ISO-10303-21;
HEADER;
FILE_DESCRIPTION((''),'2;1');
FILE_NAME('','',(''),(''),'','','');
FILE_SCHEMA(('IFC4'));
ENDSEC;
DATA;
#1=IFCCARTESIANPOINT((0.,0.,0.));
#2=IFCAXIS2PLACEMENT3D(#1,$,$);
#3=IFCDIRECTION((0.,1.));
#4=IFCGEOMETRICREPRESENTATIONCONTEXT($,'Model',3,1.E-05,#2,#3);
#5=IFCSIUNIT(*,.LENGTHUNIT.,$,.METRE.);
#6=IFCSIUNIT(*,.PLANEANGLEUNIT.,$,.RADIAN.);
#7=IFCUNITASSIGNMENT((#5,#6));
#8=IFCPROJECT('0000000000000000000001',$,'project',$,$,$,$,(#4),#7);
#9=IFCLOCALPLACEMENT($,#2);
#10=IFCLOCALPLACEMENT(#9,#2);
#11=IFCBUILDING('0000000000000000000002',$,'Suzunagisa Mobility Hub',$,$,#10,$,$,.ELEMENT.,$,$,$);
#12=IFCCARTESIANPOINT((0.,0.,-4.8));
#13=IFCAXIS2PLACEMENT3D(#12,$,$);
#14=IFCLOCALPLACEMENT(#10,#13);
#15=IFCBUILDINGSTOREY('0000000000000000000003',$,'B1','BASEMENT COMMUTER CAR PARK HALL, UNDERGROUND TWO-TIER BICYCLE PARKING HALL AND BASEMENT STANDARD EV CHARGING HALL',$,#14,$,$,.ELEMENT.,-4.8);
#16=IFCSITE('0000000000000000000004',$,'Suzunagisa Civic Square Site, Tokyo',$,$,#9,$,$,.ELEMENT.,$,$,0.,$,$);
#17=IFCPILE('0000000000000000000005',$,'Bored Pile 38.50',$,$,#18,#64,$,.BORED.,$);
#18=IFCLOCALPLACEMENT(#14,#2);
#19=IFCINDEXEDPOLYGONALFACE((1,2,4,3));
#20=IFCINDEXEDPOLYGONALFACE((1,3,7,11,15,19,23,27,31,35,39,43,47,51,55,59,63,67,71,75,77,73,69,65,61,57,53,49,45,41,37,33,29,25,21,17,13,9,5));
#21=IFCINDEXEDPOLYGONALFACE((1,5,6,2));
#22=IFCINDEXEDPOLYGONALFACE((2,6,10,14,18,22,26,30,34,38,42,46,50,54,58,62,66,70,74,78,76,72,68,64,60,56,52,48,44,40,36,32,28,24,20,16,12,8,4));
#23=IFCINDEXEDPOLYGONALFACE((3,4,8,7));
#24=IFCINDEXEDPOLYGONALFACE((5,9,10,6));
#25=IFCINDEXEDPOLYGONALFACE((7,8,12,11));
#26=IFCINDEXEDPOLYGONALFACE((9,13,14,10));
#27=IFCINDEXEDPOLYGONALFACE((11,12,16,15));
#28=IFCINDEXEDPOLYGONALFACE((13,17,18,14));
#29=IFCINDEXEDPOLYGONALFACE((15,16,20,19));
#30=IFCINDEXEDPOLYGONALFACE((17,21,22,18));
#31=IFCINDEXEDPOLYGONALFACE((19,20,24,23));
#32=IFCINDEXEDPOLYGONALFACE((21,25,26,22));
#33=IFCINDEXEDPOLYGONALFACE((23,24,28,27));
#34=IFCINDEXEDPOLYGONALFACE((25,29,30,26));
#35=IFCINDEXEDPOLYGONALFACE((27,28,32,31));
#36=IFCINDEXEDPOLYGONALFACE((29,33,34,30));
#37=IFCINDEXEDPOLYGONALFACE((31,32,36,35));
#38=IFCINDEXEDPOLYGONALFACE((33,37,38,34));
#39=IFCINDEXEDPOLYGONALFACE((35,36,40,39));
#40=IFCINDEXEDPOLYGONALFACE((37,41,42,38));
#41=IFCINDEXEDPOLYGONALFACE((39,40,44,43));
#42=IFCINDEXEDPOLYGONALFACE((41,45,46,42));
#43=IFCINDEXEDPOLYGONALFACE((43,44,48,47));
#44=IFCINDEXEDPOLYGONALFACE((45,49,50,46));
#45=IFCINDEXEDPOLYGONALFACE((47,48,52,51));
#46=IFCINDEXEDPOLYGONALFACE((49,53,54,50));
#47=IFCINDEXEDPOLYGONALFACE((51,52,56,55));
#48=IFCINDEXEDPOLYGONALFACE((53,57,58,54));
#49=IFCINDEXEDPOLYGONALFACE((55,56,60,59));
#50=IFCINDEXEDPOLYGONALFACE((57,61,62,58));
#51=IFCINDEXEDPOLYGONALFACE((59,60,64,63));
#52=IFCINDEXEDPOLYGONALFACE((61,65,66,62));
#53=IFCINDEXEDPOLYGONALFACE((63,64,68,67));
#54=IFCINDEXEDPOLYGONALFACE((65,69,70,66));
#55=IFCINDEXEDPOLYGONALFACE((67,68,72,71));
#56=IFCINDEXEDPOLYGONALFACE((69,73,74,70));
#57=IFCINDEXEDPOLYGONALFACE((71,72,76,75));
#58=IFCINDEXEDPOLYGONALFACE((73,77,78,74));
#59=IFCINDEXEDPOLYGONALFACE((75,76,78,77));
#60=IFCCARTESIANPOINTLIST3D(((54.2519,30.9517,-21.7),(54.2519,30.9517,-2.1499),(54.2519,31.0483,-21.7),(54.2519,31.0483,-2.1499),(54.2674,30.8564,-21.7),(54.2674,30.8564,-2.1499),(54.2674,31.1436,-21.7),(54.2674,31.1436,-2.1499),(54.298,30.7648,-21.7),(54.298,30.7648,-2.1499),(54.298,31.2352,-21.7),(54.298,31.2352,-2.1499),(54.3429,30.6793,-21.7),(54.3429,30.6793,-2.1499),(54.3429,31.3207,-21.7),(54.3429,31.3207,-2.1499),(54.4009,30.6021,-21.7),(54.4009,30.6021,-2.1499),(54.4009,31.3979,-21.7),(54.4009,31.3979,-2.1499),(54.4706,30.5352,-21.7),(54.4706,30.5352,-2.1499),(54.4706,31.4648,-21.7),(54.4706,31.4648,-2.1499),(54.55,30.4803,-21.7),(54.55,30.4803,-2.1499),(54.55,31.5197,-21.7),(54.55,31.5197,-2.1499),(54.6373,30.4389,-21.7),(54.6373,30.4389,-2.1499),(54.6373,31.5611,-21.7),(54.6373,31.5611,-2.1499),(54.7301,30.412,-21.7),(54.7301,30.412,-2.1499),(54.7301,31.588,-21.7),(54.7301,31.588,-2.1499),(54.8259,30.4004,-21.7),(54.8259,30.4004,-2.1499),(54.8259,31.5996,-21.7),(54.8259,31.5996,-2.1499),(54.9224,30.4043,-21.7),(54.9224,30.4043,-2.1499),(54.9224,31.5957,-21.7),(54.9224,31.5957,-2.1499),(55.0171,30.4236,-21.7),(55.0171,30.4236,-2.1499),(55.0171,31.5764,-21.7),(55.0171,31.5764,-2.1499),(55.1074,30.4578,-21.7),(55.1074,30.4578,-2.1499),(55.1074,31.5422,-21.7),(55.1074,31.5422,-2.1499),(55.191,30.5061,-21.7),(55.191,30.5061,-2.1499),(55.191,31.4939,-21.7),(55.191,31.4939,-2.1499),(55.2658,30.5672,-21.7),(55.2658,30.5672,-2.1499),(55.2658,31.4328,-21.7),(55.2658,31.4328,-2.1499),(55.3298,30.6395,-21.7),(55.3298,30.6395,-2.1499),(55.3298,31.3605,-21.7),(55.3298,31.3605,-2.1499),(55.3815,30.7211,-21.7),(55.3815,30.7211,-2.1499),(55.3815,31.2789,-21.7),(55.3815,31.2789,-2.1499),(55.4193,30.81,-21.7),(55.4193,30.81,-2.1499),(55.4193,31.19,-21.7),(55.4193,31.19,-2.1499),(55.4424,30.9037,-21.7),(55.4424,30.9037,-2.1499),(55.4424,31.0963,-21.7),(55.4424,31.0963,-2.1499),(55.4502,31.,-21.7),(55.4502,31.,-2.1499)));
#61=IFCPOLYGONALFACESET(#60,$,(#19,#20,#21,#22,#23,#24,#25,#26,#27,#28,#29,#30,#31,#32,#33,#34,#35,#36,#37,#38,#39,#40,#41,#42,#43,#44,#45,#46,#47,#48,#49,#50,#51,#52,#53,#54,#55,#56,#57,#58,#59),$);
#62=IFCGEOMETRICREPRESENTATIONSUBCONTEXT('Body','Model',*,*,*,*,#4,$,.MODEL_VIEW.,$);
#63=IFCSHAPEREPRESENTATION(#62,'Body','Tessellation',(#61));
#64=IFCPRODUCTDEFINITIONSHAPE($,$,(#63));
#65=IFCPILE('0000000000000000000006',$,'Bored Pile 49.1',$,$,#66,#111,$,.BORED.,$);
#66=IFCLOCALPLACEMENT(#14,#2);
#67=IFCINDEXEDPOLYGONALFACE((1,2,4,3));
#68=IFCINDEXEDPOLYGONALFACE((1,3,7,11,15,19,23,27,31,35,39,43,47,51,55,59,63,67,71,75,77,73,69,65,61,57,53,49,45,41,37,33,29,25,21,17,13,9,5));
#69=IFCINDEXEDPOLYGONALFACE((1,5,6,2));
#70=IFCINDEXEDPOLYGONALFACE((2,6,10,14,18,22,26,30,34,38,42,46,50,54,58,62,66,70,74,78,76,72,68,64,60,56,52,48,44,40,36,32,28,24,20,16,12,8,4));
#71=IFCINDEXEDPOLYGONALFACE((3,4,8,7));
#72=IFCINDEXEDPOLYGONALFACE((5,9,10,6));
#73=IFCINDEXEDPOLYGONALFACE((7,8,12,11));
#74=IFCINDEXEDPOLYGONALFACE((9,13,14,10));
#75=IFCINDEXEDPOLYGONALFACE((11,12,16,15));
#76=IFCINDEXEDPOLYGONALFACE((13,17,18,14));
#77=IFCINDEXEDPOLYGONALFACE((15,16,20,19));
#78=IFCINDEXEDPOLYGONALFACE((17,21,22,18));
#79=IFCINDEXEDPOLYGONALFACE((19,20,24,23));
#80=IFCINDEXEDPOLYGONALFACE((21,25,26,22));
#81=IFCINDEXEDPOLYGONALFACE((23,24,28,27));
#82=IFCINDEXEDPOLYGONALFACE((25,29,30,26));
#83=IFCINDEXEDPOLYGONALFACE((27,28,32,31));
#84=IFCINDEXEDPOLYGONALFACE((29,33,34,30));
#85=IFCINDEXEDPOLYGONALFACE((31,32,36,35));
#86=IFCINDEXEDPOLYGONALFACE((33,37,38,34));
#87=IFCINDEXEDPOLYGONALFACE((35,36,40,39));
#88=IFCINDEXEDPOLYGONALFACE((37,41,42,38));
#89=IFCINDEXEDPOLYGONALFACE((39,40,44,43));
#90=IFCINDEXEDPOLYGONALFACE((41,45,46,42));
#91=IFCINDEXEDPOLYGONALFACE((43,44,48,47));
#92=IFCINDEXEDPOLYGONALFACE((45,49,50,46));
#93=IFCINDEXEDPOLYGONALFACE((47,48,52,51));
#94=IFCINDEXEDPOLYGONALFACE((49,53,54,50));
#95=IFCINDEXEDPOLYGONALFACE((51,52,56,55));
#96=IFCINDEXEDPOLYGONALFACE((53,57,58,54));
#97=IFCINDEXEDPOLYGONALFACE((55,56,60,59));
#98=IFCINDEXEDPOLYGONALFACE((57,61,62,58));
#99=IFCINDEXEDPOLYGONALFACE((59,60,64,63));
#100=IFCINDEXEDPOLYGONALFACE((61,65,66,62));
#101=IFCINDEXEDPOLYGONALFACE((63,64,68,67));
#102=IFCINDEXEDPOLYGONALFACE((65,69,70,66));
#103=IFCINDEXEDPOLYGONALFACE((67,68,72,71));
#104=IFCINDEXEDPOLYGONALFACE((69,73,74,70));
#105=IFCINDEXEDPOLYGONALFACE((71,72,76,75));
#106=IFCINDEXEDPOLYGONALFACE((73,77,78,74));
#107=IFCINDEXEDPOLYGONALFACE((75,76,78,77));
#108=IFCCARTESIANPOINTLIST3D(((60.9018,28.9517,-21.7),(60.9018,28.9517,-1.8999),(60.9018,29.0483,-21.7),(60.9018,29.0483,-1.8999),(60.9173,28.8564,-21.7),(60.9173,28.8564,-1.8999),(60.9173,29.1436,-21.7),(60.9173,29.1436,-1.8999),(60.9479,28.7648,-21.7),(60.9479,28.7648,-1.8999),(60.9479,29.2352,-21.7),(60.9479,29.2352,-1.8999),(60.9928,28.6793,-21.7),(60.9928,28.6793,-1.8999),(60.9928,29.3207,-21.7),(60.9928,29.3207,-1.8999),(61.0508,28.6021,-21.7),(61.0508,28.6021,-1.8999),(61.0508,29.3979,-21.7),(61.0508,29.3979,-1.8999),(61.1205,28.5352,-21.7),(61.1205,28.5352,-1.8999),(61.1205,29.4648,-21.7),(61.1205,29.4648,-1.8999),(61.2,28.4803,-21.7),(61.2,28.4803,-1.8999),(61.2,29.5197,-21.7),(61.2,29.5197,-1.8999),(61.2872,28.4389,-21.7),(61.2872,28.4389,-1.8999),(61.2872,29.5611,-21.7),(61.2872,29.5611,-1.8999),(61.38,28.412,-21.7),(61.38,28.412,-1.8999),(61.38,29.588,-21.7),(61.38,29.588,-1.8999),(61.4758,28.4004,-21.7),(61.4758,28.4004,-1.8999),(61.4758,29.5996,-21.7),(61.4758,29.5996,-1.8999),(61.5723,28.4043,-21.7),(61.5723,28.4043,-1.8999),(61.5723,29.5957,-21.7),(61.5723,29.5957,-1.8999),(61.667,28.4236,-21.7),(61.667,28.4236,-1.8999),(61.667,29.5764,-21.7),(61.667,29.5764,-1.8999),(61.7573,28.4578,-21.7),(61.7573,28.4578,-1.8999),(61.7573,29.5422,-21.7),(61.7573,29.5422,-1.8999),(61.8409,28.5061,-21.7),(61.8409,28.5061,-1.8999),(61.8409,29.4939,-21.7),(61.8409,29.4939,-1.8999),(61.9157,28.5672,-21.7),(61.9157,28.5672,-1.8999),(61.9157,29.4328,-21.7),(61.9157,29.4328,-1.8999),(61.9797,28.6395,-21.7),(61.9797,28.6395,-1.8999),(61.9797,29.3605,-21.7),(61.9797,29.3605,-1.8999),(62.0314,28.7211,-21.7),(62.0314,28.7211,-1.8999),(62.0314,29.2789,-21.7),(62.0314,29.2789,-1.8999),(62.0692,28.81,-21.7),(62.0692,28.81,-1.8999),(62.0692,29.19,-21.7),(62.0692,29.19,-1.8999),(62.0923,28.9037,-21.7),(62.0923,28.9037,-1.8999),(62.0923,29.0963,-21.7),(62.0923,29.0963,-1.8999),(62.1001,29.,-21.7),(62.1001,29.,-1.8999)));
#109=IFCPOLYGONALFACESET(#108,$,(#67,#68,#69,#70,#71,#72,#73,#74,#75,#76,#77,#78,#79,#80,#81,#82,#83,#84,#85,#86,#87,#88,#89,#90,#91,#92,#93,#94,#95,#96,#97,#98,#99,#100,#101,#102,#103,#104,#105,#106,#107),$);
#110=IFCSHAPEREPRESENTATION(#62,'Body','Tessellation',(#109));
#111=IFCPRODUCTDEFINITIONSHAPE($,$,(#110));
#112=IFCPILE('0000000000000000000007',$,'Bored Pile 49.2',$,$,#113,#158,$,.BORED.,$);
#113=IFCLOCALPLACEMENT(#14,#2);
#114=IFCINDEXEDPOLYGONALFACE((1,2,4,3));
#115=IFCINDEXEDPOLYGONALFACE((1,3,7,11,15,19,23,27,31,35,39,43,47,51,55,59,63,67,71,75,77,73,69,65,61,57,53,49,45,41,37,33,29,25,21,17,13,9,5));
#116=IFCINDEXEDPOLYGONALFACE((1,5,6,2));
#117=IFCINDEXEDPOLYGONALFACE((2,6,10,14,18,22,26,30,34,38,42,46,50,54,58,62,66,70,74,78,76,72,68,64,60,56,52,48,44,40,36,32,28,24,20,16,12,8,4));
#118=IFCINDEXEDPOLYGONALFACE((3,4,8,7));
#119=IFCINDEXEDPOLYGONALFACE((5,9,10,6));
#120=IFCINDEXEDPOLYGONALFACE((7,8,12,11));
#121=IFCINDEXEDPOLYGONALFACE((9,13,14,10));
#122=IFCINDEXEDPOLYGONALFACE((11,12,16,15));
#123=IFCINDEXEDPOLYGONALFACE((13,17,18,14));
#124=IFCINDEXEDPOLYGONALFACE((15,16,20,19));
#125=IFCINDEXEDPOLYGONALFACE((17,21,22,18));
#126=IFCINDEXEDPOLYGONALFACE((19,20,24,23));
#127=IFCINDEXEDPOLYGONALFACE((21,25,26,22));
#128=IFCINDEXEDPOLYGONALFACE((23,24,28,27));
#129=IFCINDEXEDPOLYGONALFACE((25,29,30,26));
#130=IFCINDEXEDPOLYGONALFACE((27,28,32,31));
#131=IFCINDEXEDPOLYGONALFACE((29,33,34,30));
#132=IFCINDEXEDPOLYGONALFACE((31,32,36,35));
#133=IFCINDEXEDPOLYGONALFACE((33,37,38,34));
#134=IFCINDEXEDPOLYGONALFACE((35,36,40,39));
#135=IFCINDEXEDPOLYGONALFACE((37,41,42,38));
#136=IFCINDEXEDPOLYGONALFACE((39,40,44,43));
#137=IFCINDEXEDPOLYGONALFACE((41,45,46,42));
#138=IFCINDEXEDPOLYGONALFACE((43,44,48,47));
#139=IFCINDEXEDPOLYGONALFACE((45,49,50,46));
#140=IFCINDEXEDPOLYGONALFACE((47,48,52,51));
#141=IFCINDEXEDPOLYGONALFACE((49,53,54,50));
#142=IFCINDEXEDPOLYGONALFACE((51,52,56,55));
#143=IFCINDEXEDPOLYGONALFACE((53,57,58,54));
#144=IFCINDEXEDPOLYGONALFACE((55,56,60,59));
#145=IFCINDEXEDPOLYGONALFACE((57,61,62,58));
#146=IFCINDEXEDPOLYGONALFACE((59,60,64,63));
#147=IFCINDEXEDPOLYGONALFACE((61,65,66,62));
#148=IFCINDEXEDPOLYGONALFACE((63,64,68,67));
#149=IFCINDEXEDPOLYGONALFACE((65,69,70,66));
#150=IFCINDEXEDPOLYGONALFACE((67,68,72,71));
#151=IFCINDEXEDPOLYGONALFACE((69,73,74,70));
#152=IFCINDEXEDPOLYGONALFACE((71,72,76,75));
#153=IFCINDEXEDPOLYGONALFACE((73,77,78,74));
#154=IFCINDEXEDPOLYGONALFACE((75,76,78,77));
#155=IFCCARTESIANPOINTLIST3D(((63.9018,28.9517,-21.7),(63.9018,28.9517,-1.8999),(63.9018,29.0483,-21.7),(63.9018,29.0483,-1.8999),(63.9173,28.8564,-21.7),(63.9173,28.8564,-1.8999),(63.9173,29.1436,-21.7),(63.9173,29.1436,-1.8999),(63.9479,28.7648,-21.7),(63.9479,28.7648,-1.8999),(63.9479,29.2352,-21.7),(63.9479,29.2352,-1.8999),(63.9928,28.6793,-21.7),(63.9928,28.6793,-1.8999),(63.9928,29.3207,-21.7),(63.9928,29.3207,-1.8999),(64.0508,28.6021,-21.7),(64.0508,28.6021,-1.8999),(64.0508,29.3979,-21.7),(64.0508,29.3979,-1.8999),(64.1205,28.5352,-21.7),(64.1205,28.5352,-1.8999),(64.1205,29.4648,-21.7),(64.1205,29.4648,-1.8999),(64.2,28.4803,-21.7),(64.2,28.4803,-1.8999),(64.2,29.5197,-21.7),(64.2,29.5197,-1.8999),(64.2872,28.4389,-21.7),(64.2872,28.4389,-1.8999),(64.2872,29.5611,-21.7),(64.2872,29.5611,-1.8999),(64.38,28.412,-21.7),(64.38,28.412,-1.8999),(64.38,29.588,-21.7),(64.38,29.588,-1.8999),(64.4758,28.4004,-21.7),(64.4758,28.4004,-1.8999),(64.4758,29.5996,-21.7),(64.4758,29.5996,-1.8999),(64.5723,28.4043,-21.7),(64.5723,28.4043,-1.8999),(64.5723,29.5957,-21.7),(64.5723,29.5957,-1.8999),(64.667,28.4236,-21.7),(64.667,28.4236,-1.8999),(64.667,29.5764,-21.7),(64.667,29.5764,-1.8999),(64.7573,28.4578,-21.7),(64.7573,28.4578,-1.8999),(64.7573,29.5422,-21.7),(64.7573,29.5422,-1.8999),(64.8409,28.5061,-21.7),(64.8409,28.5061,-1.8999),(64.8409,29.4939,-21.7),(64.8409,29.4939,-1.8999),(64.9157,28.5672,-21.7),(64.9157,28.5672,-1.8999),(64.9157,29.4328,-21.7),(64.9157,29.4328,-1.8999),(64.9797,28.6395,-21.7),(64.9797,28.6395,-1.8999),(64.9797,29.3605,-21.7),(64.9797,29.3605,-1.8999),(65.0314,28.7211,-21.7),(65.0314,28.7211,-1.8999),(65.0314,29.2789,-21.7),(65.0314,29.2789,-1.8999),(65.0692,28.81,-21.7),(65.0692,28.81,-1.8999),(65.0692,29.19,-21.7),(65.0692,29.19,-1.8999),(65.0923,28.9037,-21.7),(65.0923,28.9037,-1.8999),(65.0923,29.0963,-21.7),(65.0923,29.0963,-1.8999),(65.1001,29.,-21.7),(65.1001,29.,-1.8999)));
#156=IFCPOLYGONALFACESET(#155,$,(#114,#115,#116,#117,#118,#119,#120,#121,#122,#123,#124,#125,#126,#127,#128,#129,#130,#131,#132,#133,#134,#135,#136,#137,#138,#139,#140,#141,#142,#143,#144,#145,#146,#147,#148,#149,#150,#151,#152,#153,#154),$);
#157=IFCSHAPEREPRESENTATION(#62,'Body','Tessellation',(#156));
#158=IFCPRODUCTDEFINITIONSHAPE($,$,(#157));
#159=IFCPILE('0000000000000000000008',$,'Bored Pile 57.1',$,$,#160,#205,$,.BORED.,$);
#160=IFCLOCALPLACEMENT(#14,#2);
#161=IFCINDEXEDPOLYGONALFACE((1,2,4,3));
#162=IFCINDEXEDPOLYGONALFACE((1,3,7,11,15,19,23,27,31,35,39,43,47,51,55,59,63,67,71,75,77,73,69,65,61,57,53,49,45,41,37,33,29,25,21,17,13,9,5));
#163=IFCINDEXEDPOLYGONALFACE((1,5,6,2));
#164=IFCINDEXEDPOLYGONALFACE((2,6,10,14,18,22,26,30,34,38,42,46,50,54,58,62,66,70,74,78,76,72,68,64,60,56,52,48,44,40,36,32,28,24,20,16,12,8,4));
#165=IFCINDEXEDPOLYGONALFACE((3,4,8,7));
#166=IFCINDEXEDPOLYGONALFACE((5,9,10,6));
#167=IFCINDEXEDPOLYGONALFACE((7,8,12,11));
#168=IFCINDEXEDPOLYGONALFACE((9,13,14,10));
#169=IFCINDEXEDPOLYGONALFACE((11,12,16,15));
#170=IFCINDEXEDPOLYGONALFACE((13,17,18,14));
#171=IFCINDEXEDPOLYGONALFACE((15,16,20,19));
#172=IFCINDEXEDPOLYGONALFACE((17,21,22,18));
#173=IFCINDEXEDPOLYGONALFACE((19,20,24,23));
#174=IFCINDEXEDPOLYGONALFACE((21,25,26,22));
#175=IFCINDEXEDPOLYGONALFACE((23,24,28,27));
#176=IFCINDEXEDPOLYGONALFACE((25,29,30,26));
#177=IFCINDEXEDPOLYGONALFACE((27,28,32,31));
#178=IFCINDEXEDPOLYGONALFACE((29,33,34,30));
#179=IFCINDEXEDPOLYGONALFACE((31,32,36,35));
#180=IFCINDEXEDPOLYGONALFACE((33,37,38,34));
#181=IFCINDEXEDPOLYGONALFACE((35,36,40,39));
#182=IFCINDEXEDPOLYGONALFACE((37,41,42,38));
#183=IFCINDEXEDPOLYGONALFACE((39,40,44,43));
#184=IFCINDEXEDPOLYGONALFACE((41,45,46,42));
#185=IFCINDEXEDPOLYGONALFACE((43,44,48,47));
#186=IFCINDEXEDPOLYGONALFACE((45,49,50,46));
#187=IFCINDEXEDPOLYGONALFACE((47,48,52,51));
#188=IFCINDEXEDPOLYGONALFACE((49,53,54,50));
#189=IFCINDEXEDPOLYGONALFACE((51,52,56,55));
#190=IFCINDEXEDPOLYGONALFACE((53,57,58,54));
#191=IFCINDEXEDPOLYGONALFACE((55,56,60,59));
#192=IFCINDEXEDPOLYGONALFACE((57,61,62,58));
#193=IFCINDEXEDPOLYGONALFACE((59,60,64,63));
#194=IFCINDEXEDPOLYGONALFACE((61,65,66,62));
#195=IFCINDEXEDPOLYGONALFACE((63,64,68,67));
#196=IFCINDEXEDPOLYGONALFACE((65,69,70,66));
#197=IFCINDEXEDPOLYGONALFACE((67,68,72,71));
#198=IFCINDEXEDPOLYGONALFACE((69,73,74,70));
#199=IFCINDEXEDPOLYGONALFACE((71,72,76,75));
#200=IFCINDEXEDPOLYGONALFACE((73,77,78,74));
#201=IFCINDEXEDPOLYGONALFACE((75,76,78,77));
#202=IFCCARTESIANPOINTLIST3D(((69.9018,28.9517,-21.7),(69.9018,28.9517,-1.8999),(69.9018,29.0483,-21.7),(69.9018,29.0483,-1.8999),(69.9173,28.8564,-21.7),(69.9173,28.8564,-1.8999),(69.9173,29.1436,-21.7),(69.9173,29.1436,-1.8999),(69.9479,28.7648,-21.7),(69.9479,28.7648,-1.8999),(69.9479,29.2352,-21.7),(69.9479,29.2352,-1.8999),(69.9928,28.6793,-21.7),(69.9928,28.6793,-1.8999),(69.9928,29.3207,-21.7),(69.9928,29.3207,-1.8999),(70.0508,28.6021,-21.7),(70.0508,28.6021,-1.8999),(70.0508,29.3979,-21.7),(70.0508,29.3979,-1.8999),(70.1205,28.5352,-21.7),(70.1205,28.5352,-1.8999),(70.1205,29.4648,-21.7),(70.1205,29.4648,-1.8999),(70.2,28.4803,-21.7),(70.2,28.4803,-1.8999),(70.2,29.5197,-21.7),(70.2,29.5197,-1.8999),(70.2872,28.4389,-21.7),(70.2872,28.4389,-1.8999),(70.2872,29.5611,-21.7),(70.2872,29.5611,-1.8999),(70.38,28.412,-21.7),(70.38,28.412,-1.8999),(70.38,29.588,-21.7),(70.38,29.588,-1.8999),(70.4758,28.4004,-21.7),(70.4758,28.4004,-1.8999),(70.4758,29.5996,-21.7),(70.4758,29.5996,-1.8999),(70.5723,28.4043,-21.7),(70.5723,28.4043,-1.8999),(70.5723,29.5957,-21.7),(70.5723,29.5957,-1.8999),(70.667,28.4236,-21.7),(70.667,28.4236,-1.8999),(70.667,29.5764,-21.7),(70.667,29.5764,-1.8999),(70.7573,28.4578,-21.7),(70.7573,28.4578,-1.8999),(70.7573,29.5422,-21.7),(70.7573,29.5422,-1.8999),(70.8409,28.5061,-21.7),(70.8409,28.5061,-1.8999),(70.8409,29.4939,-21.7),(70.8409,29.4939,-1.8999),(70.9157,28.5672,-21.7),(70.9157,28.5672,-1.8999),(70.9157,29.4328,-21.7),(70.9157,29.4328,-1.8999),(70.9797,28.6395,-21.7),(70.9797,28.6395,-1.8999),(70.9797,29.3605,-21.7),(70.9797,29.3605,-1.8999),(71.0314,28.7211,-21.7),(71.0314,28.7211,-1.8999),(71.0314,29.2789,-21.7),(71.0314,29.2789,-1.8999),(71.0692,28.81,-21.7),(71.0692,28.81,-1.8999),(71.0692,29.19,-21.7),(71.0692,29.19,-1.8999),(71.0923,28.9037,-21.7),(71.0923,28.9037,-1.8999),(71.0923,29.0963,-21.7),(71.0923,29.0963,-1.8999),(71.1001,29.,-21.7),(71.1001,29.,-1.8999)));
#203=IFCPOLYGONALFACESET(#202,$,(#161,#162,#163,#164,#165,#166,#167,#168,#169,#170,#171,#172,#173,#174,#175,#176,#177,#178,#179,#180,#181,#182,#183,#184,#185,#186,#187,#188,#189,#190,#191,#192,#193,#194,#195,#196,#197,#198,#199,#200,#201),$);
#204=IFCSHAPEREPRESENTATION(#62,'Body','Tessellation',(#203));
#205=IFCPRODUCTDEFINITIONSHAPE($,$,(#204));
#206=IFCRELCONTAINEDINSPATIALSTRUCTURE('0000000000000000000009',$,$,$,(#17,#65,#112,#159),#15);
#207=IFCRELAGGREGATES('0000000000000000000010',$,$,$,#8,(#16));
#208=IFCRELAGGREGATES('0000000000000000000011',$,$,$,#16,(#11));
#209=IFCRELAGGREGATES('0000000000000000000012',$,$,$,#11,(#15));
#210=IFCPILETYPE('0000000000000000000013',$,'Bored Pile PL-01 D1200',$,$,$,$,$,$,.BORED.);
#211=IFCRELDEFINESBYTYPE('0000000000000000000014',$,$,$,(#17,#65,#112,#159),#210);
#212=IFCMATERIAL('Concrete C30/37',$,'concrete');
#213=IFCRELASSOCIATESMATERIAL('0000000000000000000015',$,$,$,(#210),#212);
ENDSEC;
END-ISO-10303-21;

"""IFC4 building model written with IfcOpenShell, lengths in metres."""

from ifc_helpers import new_model, si_unit, direction, frame, origin, origin_2d, place, context, subcontext, project, spatial, circle, extrude, material, material_profile, profile_set, type_object, element, save


model = new_model("IFC4")

# Units and contexts
model_context = context("Model", 3, precision=1e-05, world=origin(), true_north=direction((0.0, 1.0)))
body_context = subcontext(model_context, "Body", "Model", "MODEL_VIEW")
ifc_project = project(units=[si_unit("LENGTHUNIT", "METRE"), si_unit("PLANEANGLEUNIT", "RADIAN")], contexts=[model_context])

# Site, building, storey
site_placement = place(None, origin())
site = spatial("IfcSite", under=ifc_project, at=site_placement, Name="Suzunagisa Civic Square Site, Tokyo", CompositionType="ELEMENT", RefElevation=0.0)
building_placement = place(site_placement, origin())
building = spatial("IfcBuilding", under=site, at=building_placement, Name="Suzunagisa Mobility Hub", CompositionType="ELEMENT")
storey_placement = place(building_placement, frame((0.0, 0.0, -4.8)))
storey = spatial("IfcBuildingStorey", under=building, at=storey_placement, Name="B1", Description="BASEMENT COMMUTER CAR PARK HALL, UNDERGROUND TWO-TIER BICYCLE PARKING HALL AND BASEMENT STANDARD EV CHARGING HALL", CompositionType="ELEMENT", Elevation=-4.8)

# Piles
ifc_material_1 = material(Name="Concrete C30/37", Category="concrete")
ifc_material_profile_1 = material_profile(ifc_material_1, circle(Radius=0.6001, at=origin_2d()), Name="BORED PILE D1200")
ifc_profile_set_1 = profile_set([ifc_material_profile_1], Name="Concrete C30/37")
pile_type = type_object("IfcPileType", Name="Bored Pile PL-01 D1200", PredefinedType="BORED", material=ifc_profile_set_1)
for number, where, z_axis, x_axis, name in (
    (1, (54.8501, 31.0, -2.1499), (0.0, 0.0, -1.0), (1.0, 0.0, 0.0), "Bored Pile 38.50"),
):
    element("IfcPile", number, at=place(storey_placement, frame(where, z_axis=z_axis, x_axis=x_axis)), inside=storey, type_object=pile_type, Name=name, PredefinedType="BORED", context=body_context, shape_type="SweptSolid", body=[
        extrude(circle(Radius=0.6001, at=origin_2d()), origin(), (0.0, 0.0, 1.0), 19.55),
    ])
for number, where, z_axis, x_axis, name in (
    (2, (61.5, 29.0, -1.8999), (0.0, 0.0, -1.0), (1.0, 0.0, 0.0), "Bored Pile 49.1"),
    (3, (64.5, 29.0, -1.8999), (0.0, 0.0, -1.0), (1.0, 0.0, 0.0), "Bored Pile 49.2"),
    (4, (70.5, 29.0, -1.8999), (0.0, 0.0, -1.0), (1.0, 0.0, 0.0), "Bored Pile 57.1"),
):
    element("IfcPile", number, at=place(storey_placement, frame(where, z_axis=z_axis, x_axis=x_axis)), inside=storey, type_object=pile_type, Name=name, PredefinedType="BORED", context=body_context, shape_type="SweptSolid", body=[
        extrude(circle(Radius=0.6001, at=origin_2d()), origin(), (0.0, 0.0, 1.0), 19.8),
    ])

save(model, "model.ifc")
